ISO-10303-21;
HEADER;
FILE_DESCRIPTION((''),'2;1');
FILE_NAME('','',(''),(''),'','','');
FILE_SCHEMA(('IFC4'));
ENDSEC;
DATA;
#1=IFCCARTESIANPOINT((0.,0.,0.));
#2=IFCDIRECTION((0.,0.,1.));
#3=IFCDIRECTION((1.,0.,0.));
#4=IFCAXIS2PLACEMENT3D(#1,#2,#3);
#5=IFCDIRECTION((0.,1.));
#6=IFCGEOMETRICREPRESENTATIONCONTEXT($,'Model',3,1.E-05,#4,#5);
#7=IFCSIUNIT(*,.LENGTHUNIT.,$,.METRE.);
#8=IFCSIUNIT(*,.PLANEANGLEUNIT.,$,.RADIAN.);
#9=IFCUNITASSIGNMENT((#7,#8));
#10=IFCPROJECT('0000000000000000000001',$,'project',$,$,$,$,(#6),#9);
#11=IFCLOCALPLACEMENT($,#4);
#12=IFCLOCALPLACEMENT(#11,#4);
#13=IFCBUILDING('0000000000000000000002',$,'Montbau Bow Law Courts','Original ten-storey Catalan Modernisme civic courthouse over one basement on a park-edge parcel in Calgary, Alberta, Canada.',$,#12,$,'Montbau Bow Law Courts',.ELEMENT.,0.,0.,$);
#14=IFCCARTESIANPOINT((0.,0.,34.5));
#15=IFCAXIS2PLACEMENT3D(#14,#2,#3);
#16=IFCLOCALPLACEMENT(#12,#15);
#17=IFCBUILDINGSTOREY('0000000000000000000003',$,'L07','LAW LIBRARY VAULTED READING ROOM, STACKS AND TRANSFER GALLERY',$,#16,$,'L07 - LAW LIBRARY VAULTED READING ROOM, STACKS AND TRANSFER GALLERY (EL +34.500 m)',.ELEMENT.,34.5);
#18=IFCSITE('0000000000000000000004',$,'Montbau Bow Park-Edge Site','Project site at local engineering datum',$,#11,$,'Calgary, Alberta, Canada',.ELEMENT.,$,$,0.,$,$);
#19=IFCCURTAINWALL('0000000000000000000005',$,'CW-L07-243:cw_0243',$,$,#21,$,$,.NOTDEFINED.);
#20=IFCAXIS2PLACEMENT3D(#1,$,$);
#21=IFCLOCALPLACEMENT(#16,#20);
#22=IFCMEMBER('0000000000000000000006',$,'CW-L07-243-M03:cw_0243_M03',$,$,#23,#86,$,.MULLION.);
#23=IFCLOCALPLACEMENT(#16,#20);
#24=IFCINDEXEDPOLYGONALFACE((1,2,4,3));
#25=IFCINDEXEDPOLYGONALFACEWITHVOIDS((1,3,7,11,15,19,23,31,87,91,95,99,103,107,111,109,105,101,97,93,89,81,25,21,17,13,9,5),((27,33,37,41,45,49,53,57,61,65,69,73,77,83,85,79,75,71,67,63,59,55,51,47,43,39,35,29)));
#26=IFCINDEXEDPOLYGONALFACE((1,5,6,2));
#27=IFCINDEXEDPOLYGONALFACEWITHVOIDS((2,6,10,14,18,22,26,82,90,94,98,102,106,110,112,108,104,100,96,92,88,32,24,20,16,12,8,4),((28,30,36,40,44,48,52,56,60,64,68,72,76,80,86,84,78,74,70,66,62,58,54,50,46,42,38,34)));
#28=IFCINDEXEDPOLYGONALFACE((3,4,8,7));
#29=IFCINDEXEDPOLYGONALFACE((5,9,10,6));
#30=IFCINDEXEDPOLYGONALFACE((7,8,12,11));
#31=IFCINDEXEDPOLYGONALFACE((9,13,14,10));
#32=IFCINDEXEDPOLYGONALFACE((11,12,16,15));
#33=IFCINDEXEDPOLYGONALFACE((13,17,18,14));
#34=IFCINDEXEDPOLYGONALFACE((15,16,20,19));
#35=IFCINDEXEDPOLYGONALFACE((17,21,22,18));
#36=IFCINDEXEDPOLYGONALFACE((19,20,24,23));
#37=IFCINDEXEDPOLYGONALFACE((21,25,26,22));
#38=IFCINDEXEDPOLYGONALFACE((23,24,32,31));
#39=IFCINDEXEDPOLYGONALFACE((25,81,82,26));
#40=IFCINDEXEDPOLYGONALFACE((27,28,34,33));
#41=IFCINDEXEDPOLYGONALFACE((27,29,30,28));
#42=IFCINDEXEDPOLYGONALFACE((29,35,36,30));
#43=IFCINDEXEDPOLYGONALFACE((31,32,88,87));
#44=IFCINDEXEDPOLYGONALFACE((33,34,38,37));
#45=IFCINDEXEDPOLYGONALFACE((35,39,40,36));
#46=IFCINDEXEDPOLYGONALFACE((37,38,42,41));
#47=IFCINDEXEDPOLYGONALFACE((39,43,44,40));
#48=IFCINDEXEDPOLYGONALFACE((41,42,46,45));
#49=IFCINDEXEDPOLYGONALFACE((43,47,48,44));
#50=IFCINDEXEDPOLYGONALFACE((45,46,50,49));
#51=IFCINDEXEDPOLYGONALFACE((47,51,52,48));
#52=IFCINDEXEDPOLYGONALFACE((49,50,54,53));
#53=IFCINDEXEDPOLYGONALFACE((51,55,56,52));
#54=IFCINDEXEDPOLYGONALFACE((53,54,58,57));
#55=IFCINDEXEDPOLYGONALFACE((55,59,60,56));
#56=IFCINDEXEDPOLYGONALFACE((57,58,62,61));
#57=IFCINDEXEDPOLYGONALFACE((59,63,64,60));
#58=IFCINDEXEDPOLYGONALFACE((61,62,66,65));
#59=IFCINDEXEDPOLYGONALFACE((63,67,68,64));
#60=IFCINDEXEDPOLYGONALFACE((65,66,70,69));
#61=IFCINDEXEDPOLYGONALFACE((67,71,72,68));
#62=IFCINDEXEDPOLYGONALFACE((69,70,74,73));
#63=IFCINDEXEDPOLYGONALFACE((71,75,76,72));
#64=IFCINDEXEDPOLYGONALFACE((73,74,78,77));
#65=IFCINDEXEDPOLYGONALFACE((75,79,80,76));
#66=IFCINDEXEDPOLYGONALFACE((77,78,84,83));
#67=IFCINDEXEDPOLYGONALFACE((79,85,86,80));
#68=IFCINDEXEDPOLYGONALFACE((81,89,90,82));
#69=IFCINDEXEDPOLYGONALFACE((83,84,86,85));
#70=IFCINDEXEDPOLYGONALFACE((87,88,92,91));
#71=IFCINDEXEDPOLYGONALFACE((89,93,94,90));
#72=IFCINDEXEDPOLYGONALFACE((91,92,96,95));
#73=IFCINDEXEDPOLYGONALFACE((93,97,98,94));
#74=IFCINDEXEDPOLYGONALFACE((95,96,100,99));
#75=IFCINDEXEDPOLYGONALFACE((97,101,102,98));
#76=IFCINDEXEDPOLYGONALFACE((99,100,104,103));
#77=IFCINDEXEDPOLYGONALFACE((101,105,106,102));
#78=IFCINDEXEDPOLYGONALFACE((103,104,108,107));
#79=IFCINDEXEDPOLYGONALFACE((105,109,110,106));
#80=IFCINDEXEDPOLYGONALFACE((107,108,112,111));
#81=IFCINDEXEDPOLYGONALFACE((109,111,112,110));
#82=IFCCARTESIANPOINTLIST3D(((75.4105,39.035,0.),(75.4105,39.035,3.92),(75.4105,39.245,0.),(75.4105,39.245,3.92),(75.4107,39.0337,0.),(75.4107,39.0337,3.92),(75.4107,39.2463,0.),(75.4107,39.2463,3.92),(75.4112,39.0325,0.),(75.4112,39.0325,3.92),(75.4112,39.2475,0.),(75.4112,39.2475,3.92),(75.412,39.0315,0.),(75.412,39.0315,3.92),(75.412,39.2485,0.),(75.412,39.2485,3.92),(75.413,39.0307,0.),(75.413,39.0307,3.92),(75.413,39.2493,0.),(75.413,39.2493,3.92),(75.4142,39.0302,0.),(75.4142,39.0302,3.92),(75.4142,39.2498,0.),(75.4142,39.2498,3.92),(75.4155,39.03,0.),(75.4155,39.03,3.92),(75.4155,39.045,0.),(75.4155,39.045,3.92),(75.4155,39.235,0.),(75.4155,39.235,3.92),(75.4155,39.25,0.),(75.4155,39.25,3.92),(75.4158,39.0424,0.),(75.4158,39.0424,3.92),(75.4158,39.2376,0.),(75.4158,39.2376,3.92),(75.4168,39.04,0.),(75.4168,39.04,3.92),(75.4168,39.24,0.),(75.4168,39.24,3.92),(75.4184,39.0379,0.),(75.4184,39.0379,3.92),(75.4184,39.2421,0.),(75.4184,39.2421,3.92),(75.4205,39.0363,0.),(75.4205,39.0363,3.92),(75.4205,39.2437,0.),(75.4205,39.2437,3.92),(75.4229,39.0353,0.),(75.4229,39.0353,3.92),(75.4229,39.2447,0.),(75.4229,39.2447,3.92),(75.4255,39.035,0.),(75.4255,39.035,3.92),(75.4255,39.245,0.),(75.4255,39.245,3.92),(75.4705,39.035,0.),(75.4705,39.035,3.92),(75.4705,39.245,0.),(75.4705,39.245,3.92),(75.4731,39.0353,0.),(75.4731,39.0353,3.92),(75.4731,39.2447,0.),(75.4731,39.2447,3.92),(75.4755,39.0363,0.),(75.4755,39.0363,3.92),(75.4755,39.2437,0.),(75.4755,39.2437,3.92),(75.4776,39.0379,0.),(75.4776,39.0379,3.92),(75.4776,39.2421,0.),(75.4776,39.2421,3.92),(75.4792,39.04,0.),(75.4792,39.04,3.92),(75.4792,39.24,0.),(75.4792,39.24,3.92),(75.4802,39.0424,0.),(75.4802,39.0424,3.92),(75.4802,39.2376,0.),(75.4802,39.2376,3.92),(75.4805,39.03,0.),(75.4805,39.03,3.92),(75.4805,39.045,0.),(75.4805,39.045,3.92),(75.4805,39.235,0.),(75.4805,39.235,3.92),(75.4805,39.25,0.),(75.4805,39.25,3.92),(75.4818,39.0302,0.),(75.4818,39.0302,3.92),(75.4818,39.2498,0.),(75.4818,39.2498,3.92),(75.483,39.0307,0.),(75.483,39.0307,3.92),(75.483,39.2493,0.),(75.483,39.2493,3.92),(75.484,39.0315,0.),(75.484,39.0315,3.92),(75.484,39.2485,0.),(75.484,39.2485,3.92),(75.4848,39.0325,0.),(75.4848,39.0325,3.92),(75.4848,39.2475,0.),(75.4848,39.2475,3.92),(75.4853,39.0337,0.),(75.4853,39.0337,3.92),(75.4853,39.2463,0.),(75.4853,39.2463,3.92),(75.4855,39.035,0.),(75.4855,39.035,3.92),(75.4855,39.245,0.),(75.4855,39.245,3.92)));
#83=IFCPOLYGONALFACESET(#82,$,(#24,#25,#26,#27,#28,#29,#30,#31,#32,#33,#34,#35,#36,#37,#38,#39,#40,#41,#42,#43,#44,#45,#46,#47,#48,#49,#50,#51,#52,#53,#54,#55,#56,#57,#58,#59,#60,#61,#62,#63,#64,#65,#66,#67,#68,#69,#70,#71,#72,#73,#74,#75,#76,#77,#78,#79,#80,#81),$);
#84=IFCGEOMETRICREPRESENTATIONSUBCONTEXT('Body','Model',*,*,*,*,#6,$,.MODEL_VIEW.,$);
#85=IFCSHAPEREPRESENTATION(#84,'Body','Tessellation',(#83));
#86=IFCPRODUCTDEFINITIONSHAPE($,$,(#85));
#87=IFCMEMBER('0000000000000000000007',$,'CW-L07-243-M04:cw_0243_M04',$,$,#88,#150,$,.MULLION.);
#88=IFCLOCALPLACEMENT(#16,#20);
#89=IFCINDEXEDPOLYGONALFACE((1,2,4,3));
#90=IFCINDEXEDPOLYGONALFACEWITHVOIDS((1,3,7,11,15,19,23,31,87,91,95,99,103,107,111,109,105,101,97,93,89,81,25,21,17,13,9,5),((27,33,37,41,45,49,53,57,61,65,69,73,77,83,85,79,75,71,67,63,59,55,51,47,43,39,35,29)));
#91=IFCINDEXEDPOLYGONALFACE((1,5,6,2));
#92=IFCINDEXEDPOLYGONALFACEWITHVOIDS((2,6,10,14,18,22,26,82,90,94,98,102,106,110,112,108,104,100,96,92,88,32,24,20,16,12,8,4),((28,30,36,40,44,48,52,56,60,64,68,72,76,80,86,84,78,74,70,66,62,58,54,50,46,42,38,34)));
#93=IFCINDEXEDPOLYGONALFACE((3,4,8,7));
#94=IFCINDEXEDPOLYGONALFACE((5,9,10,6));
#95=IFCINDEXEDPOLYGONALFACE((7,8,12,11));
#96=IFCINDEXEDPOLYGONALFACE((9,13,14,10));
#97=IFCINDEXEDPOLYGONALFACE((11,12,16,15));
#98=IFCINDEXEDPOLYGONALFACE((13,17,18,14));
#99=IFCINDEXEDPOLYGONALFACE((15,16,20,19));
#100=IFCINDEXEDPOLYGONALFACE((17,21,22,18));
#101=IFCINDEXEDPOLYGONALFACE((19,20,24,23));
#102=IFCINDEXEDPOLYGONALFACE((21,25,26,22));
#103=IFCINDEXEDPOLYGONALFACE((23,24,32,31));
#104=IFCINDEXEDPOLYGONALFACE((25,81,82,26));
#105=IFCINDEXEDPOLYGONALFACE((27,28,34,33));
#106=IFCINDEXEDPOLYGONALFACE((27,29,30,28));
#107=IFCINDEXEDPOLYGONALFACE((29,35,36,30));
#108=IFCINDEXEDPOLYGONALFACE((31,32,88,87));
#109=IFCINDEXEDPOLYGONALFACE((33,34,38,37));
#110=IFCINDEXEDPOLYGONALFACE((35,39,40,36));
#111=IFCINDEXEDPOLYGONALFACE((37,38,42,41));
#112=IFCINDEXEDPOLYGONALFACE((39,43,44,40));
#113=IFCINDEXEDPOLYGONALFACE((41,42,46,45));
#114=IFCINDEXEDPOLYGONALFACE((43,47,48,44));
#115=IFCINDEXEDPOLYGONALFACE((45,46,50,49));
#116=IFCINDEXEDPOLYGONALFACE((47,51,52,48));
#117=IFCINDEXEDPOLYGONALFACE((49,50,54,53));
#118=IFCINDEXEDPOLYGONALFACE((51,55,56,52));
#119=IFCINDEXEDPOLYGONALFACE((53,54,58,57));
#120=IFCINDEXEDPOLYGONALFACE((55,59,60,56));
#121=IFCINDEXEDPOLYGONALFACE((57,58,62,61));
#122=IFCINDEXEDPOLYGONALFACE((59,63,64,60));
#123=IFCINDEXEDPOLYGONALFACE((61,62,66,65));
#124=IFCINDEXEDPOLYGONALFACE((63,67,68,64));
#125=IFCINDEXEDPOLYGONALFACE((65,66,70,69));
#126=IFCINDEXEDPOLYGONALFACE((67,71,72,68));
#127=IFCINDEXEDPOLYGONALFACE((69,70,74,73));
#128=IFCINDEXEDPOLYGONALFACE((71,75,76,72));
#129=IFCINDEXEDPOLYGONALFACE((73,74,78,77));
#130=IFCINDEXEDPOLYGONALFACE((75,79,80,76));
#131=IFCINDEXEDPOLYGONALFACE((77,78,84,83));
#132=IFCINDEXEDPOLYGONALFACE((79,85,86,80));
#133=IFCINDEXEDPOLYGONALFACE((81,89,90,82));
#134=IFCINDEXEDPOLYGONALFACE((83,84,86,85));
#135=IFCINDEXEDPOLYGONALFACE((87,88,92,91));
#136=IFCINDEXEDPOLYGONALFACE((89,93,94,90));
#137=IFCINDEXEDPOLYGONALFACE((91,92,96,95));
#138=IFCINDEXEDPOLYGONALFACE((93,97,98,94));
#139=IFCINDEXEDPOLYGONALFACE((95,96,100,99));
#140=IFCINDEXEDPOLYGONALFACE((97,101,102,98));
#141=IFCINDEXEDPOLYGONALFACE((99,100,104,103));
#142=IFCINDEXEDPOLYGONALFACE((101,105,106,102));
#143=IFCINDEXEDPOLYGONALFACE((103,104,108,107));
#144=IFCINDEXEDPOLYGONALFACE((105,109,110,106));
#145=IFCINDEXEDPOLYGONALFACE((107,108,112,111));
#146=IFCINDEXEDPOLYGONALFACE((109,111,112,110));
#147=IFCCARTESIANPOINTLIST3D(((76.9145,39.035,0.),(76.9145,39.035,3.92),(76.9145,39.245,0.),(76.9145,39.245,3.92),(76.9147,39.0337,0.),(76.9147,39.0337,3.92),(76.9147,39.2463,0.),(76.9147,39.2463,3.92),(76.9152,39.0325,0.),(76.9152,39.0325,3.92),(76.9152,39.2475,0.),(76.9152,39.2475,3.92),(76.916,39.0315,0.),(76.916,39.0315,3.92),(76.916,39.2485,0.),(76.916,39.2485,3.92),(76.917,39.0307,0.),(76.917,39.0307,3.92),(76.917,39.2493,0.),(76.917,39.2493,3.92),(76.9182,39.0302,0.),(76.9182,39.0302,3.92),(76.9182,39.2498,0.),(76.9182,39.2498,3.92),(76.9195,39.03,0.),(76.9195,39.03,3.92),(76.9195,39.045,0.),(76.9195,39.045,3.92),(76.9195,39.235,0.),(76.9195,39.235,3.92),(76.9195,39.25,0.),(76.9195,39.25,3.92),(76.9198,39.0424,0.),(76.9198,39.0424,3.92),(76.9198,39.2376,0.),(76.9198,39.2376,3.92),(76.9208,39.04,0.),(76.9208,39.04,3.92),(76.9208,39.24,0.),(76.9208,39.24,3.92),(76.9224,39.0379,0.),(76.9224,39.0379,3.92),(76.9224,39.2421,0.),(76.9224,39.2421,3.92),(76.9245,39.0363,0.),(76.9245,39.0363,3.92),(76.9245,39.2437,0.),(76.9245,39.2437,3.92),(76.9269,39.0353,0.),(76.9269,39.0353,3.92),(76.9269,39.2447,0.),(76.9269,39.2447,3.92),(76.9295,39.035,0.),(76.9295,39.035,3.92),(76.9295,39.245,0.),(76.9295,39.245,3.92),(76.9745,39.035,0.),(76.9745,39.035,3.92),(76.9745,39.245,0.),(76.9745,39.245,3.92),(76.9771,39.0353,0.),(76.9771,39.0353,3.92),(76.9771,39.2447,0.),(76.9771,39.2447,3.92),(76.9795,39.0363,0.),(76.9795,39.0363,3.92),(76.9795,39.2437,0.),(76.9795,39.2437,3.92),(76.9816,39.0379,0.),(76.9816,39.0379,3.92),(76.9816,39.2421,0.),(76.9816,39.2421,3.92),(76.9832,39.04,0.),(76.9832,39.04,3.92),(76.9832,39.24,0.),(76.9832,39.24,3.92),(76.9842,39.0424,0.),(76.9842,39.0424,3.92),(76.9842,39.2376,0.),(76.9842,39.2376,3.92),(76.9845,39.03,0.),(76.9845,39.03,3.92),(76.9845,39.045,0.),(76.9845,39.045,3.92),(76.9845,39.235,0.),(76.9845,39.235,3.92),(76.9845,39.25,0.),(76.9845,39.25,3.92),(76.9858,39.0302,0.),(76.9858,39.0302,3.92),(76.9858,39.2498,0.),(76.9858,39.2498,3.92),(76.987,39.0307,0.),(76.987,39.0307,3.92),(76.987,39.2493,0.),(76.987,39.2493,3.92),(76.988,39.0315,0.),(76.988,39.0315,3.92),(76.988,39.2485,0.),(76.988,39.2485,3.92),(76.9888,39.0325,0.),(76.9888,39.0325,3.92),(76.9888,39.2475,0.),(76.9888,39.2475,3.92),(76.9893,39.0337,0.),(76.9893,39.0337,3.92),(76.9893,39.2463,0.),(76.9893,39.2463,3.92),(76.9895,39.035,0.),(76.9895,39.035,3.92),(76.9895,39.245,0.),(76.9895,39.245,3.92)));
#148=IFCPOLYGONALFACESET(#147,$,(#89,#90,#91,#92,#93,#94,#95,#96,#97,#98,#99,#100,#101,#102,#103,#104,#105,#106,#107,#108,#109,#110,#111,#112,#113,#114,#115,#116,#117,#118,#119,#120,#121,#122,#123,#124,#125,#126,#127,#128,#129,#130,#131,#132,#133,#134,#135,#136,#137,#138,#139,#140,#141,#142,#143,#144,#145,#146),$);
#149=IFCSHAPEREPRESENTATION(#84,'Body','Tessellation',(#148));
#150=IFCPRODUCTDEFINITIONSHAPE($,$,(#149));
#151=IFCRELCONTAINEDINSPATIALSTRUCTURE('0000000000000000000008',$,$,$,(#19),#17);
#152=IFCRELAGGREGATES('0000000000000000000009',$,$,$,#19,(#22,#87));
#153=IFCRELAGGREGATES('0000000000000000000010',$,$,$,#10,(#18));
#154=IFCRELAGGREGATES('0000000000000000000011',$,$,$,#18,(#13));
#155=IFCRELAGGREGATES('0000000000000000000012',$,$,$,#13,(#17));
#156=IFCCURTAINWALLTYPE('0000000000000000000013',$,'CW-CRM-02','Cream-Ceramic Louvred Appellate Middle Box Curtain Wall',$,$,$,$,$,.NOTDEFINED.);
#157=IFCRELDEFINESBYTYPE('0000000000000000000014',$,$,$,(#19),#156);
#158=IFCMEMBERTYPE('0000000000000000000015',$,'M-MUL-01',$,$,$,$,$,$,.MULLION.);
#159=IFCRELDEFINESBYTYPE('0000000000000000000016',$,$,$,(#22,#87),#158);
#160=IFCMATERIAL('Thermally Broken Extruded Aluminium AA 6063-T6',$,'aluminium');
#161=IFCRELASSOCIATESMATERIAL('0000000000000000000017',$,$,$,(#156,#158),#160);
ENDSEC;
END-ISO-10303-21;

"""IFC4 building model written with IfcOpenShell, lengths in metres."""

from ifc_helpers import new_model, si_unit, direction, frame, origin_with_axes, origin_2d_with_axis, place, context, subcontext, project, spatial, hollow_rectangle, extrude, material, material_profile, profile_set, type_object, element, aggregate, save


model = new_model("IFC4")

# Units and contexts
model_context = context("Model", 3, precision=1e-05, world=origin_with_axes(), true_north=direction((0.0, 1.0)))
body_context = subcontext(model_context, "Body", "Model", "MODEL_VIEW")
ifc_project = project(units=[si_unit("LENGTHUNIT", "METRE"), si_unit("PLANEANGLEUNIT", "RADIAN")], contexts=[model_context])

# Site, building, storey
site_placement = place(None, origin_with_axes())
site = spatial("IfcSite", under=ifc_project, at=site_placement, Name="Montbau Bow Park-Edge Site", Description="Project site at local engineering datum", LongName="Calgary, Alberta, Canada", CompositionType="ELEMENT", RefElevation=0.0)
building_placement = place(site_placement, origin_with_axes())
building = spatial("IfcBuilding", under=site, at=building_placement, Name="Montbau Bow Law Courts", Description="Original ten-storey Catalan Modernisme civic courthouse over one basement on a park-edge parcel in Calgary, Alberta, Canada.", LongName="Montbau Bow Law Courts", CompositionType="ELEMENT", ElevationOfRefHeight=0.0, ElevationOfTerrain=0.0)
storey_placement = place(building_placement, frame((0.0, 0.0, 34.5), z_axis=(0.0, 0.0, 1.0), x_axis=(1.0, 0.0, 0.0)))
storey = spatial("IfcBuildingStorey", under=building, at=storey_placement, Name="L07", Description="LAW LIBRARY VAULTED READING ROOM, STACKS AND TRANSFER GALLERY", LongName="L07 - LAW LIBRARY VAULTED READING ROOM, STACKS AND TRANSFER GALLERY (EL +34.500 m)", CompositionType="ELEMENT", Elevation=34.5)

# Curtain wall, members
ifc_material_1 = material(Name="Thermally Broken Extruded Aluminium AA 6063-T6", Category="aluminium")
curtain_wall_type = type_object("IfcCurtainWallType", Name="CW-CRM-02", Description="Cream-Ceramic Louvred Appellate Middle Box Curtain Wall", PredefinedType="NOTDEFINED", material=ifc_material_1)
curtain_wall_placement = place(None, frame((72.44, 39.14, 34.5), z_axis=(0.0, 0.0, 1.0), x_axis=(1.0, 0.0, 0.0)))
curtain_wall = element("IfcCurtainWall", 1, at=curtain_wall_placement, inside=storey, type_object=curtain_wall_type, Name="CW-L07-243:cw_0243", PredefinedType="NOTDEFINED")
ifc_material_profile_1 = material_profile(ifc_material_1, hollow_rectangle(XDim=0.075, YDim=0.22, WallThickness=0.005, InnerFilletRadius=0.01, OuterFilletRadius=0.005, at=origin_2d_with_axis()), Name="CWM-220X75", Category="Main", Priority=0)
ifc_profile_set_1 = profile_set([ifc_material_profile_1], Name="Thermally Broken Extruded Aluminium AA 6063-T6")
member_type_1 = type_object("IfcMemberType", Name="M-MUL-01", PredefinedType="MULLION", material=ifc_profile_set_1)
member_1_placement = place(None, frame((75.448, 39.14, 34.5), z_axis=(0.0, 0.0, 1.0), x_axis=(1.0, 0.0, 0.0)))
member_1 = element("IfcMember", 2, at=member_1_placement, type_object=member_type_1, Name="CW-L07-243-M03:cw_0243_M03", PredefinedType="MULLION", context=body_context, shape_type="SweptSolid", body=[
    extrude(hollow_rectangle(XDim=0.075, YDim=0.22, WallThickness=0.005, InnerFilletRadius=0.01, OuterFilletRadius=0.005, at=origin_2d_with_axis()), origin_with_axes(), (0.0, 0.0, 1.0), 3.92),
])
member_2_placement = place(None, frame((76.952, 39.14, 34.5), z_axis=(0.0, 0.0, 1.0), x_axis=(1.0, 0.0, 0.0)))
member_2 = element("IfcMember", 3, at=member_2_placement, type_object=member_type_1, Name="CW-L07-243-M04:cw_0243_M04", PredefinedType="MULLION", context=body_context, shape_type="SweptSolid", body=[
    extrude(hollow_rectangle(XDim=0.075, YDim=0.22, WallThickness=0.005, InnerFilletRadius=0.01, OuterFilletRadius=0.005, at=origin_2d_with_axis()), origin_with_axes(), (0.0, 0.0, 1.0), 3.92),
])
aggregate(curtain_wall, [member_1, member_2])

save(model, "model.ifc")
